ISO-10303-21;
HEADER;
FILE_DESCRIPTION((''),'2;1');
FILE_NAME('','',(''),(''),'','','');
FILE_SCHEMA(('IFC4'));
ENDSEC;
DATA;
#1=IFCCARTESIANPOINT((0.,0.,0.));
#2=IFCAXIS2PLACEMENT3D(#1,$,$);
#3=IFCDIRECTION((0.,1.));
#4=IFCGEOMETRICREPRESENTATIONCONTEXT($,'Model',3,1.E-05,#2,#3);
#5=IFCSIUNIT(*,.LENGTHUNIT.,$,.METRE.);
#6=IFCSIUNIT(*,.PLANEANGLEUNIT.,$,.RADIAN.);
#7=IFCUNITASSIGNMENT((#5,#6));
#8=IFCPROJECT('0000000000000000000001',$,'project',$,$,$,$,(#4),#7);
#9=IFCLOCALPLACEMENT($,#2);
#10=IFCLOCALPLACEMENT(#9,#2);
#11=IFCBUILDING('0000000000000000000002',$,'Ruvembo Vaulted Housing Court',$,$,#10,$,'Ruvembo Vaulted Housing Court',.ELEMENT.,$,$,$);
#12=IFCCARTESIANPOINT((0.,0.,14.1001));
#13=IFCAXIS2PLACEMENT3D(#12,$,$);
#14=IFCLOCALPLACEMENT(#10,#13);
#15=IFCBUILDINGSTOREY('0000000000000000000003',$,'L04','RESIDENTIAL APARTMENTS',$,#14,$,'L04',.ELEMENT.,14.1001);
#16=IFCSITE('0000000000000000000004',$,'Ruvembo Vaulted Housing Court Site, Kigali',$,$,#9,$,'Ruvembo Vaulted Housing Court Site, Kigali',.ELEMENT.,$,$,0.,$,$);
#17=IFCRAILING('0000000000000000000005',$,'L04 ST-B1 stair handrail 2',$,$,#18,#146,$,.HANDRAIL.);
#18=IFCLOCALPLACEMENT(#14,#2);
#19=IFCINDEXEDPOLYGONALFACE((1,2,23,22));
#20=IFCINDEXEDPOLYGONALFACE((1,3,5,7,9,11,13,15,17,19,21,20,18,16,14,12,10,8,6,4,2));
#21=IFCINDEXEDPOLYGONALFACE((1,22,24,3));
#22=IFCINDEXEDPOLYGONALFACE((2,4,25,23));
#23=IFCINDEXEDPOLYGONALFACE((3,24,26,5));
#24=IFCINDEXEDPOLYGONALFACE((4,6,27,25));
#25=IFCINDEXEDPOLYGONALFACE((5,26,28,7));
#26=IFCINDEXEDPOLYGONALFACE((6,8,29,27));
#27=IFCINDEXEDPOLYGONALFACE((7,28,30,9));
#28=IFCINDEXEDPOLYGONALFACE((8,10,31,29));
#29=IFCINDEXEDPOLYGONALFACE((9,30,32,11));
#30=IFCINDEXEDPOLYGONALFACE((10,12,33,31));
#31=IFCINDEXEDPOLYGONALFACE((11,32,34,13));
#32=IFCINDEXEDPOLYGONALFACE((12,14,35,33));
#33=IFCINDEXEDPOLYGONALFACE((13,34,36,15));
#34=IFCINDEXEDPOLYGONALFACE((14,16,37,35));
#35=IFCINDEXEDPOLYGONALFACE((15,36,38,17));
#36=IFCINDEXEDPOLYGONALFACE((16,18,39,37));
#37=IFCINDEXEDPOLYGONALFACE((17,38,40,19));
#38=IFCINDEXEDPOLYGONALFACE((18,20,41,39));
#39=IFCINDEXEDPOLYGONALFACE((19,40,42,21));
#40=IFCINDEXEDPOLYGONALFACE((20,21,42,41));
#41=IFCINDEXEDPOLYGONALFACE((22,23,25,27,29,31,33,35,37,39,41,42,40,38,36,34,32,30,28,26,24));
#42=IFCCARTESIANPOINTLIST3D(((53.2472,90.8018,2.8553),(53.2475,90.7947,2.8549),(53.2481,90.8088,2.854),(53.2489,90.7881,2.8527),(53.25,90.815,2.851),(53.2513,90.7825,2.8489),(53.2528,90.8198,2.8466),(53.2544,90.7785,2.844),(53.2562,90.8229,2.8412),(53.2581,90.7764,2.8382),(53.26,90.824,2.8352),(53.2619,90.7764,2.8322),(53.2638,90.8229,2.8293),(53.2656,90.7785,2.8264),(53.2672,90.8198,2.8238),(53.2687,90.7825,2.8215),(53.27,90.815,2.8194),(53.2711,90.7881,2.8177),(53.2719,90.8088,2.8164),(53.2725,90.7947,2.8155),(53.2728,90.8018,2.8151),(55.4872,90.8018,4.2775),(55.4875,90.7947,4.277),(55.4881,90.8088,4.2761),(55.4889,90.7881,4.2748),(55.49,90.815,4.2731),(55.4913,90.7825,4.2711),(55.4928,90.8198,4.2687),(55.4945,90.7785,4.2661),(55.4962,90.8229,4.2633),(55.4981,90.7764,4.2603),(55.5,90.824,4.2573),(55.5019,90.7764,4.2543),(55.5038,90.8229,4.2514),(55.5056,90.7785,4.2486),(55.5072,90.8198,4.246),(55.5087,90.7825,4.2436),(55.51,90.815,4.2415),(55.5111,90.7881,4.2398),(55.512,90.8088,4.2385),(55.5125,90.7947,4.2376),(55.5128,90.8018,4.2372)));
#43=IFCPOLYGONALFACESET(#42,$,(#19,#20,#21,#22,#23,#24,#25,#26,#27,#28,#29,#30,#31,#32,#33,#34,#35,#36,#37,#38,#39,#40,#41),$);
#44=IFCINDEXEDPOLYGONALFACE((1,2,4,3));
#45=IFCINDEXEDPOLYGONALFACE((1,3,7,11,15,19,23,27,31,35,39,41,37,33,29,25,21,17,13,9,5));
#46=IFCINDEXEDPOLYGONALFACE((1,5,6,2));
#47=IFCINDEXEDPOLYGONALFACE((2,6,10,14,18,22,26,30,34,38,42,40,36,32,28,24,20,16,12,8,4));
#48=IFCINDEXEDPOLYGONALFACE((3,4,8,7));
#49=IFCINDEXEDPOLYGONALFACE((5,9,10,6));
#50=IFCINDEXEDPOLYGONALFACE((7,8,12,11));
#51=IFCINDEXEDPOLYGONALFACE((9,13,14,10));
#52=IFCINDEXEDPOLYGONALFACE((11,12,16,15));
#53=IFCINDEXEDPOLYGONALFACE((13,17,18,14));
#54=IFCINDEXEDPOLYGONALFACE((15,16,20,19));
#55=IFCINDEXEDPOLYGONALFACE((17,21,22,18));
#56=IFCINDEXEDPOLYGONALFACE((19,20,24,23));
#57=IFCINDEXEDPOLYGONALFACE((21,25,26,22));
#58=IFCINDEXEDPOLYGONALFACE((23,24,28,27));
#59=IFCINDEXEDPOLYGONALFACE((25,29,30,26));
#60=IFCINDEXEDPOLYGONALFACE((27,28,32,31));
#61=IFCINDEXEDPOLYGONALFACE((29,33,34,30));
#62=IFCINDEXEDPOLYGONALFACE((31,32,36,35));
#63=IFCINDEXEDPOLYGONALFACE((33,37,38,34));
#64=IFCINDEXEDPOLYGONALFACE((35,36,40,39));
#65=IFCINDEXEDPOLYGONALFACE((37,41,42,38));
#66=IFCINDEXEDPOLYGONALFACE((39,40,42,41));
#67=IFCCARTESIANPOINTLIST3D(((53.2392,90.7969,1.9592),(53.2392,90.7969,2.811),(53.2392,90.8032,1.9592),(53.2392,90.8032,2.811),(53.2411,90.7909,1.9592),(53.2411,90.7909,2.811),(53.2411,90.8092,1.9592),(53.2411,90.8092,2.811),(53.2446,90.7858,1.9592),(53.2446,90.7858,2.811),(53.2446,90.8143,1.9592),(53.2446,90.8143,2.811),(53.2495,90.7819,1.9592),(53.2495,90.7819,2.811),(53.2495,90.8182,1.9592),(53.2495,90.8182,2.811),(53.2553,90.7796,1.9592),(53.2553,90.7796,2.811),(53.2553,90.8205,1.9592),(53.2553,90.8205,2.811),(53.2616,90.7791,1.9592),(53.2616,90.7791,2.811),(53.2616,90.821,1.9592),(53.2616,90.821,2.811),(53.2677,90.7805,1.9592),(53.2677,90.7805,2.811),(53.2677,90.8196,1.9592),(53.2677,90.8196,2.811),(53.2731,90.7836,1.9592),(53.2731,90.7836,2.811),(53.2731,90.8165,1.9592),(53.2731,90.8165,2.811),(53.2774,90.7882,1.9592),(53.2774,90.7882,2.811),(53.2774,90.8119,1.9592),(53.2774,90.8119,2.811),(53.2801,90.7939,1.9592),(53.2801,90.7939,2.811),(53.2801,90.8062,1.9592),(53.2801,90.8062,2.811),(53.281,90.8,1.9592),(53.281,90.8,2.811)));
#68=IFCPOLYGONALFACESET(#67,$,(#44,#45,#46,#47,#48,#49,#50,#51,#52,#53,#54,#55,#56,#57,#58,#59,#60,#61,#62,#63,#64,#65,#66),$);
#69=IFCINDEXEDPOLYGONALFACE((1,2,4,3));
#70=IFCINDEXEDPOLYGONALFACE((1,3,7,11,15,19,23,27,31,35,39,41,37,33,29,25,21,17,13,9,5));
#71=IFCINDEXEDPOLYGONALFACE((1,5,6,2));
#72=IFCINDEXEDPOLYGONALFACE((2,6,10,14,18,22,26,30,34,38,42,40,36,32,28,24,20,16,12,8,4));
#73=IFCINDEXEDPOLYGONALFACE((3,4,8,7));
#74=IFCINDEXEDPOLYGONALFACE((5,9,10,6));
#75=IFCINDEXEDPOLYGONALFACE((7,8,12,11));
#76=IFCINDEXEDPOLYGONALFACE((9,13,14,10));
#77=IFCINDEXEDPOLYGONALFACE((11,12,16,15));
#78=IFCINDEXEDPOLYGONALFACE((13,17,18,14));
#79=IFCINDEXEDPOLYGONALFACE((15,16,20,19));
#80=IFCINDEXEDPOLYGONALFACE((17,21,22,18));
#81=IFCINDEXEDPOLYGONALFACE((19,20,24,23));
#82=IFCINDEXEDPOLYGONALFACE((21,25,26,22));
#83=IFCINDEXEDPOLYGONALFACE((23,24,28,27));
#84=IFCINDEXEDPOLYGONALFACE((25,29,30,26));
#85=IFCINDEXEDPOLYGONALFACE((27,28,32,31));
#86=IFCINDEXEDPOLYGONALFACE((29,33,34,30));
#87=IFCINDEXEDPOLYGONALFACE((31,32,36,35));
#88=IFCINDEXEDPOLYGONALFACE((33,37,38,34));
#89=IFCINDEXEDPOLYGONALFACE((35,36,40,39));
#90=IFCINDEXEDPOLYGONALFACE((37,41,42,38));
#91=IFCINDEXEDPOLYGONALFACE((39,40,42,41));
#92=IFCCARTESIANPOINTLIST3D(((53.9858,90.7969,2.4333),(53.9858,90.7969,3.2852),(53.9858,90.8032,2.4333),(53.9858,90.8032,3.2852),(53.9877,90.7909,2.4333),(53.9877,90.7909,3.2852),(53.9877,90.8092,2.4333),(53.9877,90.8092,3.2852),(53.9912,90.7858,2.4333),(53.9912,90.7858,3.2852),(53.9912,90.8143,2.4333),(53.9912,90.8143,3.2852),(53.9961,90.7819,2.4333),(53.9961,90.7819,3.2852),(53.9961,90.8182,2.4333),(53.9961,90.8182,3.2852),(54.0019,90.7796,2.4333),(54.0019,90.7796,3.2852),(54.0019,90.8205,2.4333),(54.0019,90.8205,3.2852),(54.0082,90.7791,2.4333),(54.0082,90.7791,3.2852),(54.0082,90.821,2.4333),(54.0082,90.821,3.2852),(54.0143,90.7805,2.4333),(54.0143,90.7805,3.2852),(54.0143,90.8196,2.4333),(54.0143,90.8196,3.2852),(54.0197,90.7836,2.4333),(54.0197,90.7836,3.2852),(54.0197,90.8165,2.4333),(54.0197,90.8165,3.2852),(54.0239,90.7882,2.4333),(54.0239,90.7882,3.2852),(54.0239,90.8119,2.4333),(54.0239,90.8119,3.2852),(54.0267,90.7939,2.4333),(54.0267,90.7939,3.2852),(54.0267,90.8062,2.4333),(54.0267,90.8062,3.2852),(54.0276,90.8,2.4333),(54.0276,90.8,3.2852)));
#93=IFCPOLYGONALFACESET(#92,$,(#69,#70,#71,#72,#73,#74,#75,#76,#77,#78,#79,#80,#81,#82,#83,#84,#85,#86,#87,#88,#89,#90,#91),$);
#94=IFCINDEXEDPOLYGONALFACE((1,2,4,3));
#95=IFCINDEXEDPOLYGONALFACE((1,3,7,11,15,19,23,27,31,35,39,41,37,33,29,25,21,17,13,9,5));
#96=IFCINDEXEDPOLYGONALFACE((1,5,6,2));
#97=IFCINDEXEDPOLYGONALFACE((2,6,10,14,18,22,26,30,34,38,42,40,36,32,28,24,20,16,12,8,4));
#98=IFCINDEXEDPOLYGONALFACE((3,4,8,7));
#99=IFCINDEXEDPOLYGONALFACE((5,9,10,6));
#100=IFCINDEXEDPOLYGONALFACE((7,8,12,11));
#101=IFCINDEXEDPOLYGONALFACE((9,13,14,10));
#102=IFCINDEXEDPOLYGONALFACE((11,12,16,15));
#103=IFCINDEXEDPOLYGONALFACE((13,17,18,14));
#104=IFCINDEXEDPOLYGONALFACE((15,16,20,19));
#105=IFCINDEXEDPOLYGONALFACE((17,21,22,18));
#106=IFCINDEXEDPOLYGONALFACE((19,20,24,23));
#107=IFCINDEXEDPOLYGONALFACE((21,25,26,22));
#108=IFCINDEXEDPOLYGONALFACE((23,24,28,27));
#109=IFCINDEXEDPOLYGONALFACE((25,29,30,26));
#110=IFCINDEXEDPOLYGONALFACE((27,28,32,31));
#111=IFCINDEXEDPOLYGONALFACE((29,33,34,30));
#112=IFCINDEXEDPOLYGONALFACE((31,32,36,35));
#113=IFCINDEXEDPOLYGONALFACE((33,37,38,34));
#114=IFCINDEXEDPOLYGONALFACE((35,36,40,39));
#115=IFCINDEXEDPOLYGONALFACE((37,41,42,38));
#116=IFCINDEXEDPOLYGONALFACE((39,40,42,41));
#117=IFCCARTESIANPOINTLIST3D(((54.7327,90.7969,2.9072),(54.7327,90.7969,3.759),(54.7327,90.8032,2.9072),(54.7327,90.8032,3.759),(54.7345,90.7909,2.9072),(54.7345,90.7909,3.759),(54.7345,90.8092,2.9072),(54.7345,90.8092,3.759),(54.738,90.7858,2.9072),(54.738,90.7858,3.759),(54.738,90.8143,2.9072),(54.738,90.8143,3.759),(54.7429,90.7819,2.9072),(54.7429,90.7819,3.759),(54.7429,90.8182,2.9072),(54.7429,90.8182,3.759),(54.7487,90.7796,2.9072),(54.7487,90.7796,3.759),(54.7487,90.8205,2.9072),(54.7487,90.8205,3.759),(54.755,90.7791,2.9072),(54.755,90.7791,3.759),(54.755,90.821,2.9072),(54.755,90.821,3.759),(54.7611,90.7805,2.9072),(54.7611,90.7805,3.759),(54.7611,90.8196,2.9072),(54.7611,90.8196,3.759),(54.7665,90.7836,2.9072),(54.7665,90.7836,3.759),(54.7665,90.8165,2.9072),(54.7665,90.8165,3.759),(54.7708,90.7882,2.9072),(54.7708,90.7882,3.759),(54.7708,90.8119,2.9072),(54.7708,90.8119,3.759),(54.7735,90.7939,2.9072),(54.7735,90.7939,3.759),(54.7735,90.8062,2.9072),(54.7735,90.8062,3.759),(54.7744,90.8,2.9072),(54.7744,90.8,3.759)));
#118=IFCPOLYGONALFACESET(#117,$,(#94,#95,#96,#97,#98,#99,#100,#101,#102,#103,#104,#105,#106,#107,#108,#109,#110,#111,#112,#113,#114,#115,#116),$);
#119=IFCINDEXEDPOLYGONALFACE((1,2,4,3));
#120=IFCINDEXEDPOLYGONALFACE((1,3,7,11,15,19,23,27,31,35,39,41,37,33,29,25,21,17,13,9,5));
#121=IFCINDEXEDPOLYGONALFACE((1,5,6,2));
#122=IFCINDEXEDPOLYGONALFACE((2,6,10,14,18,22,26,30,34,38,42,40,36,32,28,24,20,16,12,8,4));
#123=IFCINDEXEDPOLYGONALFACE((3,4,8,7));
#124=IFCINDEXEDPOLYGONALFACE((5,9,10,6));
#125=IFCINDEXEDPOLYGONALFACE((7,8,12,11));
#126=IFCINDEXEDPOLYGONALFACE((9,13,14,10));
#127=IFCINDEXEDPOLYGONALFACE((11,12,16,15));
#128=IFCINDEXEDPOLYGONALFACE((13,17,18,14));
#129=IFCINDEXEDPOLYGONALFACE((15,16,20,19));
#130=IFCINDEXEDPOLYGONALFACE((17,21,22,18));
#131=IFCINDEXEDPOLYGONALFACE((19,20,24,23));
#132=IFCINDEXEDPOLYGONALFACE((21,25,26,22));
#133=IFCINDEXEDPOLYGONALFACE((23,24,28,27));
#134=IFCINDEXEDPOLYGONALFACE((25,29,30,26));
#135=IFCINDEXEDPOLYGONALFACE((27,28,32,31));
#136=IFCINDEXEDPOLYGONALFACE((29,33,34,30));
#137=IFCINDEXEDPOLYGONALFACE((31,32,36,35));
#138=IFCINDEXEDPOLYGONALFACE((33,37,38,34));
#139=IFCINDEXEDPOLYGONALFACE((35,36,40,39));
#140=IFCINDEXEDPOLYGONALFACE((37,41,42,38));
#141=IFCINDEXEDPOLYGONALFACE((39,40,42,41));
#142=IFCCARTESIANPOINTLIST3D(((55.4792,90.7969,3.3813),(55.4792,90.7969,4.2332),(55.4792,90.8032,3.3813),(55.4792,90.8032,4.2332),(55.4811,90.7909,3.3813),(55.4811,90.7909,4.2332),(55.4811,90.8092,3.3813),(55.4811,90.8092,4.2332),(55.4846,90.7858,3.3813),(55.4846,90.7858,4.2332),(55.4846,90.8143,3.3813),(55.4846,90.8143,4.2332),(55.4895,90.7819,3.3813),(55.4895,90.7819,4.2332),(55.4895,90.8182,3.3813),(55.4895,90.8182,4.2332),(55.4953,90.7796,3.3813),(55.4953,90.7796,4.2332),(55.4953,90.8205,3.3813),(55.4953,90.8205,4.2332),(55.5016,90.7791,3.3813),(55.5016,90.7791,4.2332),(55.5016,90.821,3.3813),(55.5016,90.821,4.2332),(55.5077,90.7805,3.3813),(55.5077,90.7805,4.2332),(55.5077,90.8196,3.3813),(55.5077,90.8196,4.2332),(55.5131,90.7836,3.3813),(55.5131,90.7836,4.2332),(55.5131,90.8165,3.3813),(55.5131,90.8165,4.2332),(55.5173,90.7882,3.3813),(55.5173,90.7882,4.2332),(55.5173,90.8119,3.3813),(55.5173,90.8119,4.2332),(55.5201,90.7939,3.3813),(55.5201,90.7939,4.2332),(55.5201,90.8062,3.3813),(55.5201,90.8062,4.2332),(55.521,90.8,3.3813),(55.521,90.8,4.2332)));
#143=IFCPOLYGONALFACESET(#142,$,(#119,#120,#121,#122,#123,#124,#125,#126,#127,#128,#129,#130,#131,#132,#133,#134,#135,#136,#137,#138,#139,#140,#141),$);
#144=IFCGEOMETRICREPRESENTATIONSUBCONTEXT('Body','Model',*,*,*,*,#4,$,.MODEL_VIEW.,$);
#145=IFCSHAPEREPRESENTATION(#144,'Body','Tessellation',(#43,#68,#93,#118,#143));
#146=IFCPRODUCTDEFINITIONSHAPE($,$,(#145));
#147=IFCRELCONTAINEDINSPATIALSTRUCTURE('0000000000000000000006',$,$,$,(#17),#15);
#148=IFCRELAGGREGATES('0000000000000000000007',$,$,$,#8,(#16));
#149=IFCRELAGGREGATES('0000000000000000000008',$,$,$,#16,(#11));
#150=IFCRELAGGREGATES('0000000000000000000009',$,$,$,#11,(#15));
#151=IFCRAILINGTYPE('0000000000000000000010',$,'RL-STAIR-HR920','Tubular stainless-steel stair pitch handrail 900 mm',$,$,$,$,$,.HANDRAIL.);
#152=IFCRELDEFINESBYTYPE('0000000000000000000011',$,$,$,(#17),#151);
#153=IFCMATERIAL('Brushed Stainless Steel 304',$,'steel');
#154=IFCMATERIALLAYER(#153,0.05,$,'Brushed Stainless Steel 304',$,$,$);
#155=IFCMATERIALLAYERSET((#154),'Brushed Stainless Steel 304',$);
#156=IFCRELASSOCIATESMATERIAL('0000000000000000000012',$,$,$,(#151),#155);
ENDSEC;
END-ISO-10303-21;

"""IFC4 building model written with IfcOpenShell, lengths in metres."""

from ifc_helpers import new_model, si_unit, direction, frame, origin, origin_2d, place, context, subcontext, project, spatial, circle, extrude, material, layer, layer_set, type_object, element, save


model = new_model("IFC4")

# Units and contexts
model_context = context("Model", 3, precision=1e-05, world=origin(), true_north=direction((0.0, 1.0)))
body_context = subcontext(model_context, "Body", "Model", "MODEL_VIEW")
ifc_project = project(units=[si_unit("LENGTHUNIT", "METRE"), si_unit("PLANEANGLEUNIT", "RADIAN")], contexts=[model_context])

# Site, building, storey
site_placement = place(None, origin())
site = spatial("IfcSite", under=ifc_project, at=site_placement, Name="Ruvembo Vaulted Housing Court Site, Kigali", LongName="Ruvembo Vaulted Housing Court Site, Kigali", CompositionType="ELEMENT", RefElevation=0.0)
building_placement = place(site_placement, origin())
building = spatial("IfcBuilding", under=site, at=building_placement, Name="Ruvembo Vaulted Housing Court", LongName="Ruvembo Vaulted Housing Court", CompositionType="ELEMENT")
storey_placement = place(building_placement, frame((0.0, 0.0, 14.1001)))
storey = spatial("IfcBuildingStorey", under=building, at=storey_placement, Name="L04", Description="RESIDENTIAL APARTMENTS", LongName="L04", CompositionType="ELEMENT", Elevation=14.1001)

# Railing
ifc_material_1 = material(Name="Brushed Stainless Steel 304", Category="steel")
ifc_layer_1 = layer(ifc_material_1, 0.05, Name="Brushed Stainless Steel 304")
ifc_layer_set_1 = layer_set([ifc_layer_1], Name="Brushed Stainless Steel 304")
railing_type_1 = type_object("IfcRailingType", Name="RL-STAIR-HR920", Description="Tubular stainless-steel stair pitch handrail 900 mm", PredefinedType="HANDRAIL", material=ifc_layer_set_1)
railing_1_placement = place(storey_placement, frame((53.26, 90.8, 1.9592)))
element("IfcRailing", 1, at=railing_1_placement, inside=storey, type_object=railing_type_1, Name="L04 ST-B1 stair handrail 2", PredefinedType="HANDRAIL", context=body_context, shape_type="SweptSolid", body=[
    extrude(circle(Radius=0.0239, at=origin_2d()), frame((0.0, 0.0, 0.876), z_axis=(0.844229, 0.0, 0.535982), x_axis=(0.0, 1.0, 0.0)), (0.0, 0.0, 1.0), 2.6533),
    extrude(circle(Radius=0.021, at=origin_2d()), origin(), (0.0, 0.0, 1.0), 0.8518),
    extrude(circle(Radius=0.021, at=origin_2d()), frame((0.7466, 0.0, 0.4741)), (0.0, 0.0, 1.0), 0.8518),
    extrude(circle(Radius=0.021, at=origin_2d()), frame((1.4934, 0.0, 0.948)), (0.0, 0.0, 1.0), 0.8518),
    extrude(circle(Radius=0.021, at=origin_2d()), frame((2.24, 0.0, 1.4221)), (0.0, 0.0, 1.0), 0.8518),
])

save(model, "model.ifc")
